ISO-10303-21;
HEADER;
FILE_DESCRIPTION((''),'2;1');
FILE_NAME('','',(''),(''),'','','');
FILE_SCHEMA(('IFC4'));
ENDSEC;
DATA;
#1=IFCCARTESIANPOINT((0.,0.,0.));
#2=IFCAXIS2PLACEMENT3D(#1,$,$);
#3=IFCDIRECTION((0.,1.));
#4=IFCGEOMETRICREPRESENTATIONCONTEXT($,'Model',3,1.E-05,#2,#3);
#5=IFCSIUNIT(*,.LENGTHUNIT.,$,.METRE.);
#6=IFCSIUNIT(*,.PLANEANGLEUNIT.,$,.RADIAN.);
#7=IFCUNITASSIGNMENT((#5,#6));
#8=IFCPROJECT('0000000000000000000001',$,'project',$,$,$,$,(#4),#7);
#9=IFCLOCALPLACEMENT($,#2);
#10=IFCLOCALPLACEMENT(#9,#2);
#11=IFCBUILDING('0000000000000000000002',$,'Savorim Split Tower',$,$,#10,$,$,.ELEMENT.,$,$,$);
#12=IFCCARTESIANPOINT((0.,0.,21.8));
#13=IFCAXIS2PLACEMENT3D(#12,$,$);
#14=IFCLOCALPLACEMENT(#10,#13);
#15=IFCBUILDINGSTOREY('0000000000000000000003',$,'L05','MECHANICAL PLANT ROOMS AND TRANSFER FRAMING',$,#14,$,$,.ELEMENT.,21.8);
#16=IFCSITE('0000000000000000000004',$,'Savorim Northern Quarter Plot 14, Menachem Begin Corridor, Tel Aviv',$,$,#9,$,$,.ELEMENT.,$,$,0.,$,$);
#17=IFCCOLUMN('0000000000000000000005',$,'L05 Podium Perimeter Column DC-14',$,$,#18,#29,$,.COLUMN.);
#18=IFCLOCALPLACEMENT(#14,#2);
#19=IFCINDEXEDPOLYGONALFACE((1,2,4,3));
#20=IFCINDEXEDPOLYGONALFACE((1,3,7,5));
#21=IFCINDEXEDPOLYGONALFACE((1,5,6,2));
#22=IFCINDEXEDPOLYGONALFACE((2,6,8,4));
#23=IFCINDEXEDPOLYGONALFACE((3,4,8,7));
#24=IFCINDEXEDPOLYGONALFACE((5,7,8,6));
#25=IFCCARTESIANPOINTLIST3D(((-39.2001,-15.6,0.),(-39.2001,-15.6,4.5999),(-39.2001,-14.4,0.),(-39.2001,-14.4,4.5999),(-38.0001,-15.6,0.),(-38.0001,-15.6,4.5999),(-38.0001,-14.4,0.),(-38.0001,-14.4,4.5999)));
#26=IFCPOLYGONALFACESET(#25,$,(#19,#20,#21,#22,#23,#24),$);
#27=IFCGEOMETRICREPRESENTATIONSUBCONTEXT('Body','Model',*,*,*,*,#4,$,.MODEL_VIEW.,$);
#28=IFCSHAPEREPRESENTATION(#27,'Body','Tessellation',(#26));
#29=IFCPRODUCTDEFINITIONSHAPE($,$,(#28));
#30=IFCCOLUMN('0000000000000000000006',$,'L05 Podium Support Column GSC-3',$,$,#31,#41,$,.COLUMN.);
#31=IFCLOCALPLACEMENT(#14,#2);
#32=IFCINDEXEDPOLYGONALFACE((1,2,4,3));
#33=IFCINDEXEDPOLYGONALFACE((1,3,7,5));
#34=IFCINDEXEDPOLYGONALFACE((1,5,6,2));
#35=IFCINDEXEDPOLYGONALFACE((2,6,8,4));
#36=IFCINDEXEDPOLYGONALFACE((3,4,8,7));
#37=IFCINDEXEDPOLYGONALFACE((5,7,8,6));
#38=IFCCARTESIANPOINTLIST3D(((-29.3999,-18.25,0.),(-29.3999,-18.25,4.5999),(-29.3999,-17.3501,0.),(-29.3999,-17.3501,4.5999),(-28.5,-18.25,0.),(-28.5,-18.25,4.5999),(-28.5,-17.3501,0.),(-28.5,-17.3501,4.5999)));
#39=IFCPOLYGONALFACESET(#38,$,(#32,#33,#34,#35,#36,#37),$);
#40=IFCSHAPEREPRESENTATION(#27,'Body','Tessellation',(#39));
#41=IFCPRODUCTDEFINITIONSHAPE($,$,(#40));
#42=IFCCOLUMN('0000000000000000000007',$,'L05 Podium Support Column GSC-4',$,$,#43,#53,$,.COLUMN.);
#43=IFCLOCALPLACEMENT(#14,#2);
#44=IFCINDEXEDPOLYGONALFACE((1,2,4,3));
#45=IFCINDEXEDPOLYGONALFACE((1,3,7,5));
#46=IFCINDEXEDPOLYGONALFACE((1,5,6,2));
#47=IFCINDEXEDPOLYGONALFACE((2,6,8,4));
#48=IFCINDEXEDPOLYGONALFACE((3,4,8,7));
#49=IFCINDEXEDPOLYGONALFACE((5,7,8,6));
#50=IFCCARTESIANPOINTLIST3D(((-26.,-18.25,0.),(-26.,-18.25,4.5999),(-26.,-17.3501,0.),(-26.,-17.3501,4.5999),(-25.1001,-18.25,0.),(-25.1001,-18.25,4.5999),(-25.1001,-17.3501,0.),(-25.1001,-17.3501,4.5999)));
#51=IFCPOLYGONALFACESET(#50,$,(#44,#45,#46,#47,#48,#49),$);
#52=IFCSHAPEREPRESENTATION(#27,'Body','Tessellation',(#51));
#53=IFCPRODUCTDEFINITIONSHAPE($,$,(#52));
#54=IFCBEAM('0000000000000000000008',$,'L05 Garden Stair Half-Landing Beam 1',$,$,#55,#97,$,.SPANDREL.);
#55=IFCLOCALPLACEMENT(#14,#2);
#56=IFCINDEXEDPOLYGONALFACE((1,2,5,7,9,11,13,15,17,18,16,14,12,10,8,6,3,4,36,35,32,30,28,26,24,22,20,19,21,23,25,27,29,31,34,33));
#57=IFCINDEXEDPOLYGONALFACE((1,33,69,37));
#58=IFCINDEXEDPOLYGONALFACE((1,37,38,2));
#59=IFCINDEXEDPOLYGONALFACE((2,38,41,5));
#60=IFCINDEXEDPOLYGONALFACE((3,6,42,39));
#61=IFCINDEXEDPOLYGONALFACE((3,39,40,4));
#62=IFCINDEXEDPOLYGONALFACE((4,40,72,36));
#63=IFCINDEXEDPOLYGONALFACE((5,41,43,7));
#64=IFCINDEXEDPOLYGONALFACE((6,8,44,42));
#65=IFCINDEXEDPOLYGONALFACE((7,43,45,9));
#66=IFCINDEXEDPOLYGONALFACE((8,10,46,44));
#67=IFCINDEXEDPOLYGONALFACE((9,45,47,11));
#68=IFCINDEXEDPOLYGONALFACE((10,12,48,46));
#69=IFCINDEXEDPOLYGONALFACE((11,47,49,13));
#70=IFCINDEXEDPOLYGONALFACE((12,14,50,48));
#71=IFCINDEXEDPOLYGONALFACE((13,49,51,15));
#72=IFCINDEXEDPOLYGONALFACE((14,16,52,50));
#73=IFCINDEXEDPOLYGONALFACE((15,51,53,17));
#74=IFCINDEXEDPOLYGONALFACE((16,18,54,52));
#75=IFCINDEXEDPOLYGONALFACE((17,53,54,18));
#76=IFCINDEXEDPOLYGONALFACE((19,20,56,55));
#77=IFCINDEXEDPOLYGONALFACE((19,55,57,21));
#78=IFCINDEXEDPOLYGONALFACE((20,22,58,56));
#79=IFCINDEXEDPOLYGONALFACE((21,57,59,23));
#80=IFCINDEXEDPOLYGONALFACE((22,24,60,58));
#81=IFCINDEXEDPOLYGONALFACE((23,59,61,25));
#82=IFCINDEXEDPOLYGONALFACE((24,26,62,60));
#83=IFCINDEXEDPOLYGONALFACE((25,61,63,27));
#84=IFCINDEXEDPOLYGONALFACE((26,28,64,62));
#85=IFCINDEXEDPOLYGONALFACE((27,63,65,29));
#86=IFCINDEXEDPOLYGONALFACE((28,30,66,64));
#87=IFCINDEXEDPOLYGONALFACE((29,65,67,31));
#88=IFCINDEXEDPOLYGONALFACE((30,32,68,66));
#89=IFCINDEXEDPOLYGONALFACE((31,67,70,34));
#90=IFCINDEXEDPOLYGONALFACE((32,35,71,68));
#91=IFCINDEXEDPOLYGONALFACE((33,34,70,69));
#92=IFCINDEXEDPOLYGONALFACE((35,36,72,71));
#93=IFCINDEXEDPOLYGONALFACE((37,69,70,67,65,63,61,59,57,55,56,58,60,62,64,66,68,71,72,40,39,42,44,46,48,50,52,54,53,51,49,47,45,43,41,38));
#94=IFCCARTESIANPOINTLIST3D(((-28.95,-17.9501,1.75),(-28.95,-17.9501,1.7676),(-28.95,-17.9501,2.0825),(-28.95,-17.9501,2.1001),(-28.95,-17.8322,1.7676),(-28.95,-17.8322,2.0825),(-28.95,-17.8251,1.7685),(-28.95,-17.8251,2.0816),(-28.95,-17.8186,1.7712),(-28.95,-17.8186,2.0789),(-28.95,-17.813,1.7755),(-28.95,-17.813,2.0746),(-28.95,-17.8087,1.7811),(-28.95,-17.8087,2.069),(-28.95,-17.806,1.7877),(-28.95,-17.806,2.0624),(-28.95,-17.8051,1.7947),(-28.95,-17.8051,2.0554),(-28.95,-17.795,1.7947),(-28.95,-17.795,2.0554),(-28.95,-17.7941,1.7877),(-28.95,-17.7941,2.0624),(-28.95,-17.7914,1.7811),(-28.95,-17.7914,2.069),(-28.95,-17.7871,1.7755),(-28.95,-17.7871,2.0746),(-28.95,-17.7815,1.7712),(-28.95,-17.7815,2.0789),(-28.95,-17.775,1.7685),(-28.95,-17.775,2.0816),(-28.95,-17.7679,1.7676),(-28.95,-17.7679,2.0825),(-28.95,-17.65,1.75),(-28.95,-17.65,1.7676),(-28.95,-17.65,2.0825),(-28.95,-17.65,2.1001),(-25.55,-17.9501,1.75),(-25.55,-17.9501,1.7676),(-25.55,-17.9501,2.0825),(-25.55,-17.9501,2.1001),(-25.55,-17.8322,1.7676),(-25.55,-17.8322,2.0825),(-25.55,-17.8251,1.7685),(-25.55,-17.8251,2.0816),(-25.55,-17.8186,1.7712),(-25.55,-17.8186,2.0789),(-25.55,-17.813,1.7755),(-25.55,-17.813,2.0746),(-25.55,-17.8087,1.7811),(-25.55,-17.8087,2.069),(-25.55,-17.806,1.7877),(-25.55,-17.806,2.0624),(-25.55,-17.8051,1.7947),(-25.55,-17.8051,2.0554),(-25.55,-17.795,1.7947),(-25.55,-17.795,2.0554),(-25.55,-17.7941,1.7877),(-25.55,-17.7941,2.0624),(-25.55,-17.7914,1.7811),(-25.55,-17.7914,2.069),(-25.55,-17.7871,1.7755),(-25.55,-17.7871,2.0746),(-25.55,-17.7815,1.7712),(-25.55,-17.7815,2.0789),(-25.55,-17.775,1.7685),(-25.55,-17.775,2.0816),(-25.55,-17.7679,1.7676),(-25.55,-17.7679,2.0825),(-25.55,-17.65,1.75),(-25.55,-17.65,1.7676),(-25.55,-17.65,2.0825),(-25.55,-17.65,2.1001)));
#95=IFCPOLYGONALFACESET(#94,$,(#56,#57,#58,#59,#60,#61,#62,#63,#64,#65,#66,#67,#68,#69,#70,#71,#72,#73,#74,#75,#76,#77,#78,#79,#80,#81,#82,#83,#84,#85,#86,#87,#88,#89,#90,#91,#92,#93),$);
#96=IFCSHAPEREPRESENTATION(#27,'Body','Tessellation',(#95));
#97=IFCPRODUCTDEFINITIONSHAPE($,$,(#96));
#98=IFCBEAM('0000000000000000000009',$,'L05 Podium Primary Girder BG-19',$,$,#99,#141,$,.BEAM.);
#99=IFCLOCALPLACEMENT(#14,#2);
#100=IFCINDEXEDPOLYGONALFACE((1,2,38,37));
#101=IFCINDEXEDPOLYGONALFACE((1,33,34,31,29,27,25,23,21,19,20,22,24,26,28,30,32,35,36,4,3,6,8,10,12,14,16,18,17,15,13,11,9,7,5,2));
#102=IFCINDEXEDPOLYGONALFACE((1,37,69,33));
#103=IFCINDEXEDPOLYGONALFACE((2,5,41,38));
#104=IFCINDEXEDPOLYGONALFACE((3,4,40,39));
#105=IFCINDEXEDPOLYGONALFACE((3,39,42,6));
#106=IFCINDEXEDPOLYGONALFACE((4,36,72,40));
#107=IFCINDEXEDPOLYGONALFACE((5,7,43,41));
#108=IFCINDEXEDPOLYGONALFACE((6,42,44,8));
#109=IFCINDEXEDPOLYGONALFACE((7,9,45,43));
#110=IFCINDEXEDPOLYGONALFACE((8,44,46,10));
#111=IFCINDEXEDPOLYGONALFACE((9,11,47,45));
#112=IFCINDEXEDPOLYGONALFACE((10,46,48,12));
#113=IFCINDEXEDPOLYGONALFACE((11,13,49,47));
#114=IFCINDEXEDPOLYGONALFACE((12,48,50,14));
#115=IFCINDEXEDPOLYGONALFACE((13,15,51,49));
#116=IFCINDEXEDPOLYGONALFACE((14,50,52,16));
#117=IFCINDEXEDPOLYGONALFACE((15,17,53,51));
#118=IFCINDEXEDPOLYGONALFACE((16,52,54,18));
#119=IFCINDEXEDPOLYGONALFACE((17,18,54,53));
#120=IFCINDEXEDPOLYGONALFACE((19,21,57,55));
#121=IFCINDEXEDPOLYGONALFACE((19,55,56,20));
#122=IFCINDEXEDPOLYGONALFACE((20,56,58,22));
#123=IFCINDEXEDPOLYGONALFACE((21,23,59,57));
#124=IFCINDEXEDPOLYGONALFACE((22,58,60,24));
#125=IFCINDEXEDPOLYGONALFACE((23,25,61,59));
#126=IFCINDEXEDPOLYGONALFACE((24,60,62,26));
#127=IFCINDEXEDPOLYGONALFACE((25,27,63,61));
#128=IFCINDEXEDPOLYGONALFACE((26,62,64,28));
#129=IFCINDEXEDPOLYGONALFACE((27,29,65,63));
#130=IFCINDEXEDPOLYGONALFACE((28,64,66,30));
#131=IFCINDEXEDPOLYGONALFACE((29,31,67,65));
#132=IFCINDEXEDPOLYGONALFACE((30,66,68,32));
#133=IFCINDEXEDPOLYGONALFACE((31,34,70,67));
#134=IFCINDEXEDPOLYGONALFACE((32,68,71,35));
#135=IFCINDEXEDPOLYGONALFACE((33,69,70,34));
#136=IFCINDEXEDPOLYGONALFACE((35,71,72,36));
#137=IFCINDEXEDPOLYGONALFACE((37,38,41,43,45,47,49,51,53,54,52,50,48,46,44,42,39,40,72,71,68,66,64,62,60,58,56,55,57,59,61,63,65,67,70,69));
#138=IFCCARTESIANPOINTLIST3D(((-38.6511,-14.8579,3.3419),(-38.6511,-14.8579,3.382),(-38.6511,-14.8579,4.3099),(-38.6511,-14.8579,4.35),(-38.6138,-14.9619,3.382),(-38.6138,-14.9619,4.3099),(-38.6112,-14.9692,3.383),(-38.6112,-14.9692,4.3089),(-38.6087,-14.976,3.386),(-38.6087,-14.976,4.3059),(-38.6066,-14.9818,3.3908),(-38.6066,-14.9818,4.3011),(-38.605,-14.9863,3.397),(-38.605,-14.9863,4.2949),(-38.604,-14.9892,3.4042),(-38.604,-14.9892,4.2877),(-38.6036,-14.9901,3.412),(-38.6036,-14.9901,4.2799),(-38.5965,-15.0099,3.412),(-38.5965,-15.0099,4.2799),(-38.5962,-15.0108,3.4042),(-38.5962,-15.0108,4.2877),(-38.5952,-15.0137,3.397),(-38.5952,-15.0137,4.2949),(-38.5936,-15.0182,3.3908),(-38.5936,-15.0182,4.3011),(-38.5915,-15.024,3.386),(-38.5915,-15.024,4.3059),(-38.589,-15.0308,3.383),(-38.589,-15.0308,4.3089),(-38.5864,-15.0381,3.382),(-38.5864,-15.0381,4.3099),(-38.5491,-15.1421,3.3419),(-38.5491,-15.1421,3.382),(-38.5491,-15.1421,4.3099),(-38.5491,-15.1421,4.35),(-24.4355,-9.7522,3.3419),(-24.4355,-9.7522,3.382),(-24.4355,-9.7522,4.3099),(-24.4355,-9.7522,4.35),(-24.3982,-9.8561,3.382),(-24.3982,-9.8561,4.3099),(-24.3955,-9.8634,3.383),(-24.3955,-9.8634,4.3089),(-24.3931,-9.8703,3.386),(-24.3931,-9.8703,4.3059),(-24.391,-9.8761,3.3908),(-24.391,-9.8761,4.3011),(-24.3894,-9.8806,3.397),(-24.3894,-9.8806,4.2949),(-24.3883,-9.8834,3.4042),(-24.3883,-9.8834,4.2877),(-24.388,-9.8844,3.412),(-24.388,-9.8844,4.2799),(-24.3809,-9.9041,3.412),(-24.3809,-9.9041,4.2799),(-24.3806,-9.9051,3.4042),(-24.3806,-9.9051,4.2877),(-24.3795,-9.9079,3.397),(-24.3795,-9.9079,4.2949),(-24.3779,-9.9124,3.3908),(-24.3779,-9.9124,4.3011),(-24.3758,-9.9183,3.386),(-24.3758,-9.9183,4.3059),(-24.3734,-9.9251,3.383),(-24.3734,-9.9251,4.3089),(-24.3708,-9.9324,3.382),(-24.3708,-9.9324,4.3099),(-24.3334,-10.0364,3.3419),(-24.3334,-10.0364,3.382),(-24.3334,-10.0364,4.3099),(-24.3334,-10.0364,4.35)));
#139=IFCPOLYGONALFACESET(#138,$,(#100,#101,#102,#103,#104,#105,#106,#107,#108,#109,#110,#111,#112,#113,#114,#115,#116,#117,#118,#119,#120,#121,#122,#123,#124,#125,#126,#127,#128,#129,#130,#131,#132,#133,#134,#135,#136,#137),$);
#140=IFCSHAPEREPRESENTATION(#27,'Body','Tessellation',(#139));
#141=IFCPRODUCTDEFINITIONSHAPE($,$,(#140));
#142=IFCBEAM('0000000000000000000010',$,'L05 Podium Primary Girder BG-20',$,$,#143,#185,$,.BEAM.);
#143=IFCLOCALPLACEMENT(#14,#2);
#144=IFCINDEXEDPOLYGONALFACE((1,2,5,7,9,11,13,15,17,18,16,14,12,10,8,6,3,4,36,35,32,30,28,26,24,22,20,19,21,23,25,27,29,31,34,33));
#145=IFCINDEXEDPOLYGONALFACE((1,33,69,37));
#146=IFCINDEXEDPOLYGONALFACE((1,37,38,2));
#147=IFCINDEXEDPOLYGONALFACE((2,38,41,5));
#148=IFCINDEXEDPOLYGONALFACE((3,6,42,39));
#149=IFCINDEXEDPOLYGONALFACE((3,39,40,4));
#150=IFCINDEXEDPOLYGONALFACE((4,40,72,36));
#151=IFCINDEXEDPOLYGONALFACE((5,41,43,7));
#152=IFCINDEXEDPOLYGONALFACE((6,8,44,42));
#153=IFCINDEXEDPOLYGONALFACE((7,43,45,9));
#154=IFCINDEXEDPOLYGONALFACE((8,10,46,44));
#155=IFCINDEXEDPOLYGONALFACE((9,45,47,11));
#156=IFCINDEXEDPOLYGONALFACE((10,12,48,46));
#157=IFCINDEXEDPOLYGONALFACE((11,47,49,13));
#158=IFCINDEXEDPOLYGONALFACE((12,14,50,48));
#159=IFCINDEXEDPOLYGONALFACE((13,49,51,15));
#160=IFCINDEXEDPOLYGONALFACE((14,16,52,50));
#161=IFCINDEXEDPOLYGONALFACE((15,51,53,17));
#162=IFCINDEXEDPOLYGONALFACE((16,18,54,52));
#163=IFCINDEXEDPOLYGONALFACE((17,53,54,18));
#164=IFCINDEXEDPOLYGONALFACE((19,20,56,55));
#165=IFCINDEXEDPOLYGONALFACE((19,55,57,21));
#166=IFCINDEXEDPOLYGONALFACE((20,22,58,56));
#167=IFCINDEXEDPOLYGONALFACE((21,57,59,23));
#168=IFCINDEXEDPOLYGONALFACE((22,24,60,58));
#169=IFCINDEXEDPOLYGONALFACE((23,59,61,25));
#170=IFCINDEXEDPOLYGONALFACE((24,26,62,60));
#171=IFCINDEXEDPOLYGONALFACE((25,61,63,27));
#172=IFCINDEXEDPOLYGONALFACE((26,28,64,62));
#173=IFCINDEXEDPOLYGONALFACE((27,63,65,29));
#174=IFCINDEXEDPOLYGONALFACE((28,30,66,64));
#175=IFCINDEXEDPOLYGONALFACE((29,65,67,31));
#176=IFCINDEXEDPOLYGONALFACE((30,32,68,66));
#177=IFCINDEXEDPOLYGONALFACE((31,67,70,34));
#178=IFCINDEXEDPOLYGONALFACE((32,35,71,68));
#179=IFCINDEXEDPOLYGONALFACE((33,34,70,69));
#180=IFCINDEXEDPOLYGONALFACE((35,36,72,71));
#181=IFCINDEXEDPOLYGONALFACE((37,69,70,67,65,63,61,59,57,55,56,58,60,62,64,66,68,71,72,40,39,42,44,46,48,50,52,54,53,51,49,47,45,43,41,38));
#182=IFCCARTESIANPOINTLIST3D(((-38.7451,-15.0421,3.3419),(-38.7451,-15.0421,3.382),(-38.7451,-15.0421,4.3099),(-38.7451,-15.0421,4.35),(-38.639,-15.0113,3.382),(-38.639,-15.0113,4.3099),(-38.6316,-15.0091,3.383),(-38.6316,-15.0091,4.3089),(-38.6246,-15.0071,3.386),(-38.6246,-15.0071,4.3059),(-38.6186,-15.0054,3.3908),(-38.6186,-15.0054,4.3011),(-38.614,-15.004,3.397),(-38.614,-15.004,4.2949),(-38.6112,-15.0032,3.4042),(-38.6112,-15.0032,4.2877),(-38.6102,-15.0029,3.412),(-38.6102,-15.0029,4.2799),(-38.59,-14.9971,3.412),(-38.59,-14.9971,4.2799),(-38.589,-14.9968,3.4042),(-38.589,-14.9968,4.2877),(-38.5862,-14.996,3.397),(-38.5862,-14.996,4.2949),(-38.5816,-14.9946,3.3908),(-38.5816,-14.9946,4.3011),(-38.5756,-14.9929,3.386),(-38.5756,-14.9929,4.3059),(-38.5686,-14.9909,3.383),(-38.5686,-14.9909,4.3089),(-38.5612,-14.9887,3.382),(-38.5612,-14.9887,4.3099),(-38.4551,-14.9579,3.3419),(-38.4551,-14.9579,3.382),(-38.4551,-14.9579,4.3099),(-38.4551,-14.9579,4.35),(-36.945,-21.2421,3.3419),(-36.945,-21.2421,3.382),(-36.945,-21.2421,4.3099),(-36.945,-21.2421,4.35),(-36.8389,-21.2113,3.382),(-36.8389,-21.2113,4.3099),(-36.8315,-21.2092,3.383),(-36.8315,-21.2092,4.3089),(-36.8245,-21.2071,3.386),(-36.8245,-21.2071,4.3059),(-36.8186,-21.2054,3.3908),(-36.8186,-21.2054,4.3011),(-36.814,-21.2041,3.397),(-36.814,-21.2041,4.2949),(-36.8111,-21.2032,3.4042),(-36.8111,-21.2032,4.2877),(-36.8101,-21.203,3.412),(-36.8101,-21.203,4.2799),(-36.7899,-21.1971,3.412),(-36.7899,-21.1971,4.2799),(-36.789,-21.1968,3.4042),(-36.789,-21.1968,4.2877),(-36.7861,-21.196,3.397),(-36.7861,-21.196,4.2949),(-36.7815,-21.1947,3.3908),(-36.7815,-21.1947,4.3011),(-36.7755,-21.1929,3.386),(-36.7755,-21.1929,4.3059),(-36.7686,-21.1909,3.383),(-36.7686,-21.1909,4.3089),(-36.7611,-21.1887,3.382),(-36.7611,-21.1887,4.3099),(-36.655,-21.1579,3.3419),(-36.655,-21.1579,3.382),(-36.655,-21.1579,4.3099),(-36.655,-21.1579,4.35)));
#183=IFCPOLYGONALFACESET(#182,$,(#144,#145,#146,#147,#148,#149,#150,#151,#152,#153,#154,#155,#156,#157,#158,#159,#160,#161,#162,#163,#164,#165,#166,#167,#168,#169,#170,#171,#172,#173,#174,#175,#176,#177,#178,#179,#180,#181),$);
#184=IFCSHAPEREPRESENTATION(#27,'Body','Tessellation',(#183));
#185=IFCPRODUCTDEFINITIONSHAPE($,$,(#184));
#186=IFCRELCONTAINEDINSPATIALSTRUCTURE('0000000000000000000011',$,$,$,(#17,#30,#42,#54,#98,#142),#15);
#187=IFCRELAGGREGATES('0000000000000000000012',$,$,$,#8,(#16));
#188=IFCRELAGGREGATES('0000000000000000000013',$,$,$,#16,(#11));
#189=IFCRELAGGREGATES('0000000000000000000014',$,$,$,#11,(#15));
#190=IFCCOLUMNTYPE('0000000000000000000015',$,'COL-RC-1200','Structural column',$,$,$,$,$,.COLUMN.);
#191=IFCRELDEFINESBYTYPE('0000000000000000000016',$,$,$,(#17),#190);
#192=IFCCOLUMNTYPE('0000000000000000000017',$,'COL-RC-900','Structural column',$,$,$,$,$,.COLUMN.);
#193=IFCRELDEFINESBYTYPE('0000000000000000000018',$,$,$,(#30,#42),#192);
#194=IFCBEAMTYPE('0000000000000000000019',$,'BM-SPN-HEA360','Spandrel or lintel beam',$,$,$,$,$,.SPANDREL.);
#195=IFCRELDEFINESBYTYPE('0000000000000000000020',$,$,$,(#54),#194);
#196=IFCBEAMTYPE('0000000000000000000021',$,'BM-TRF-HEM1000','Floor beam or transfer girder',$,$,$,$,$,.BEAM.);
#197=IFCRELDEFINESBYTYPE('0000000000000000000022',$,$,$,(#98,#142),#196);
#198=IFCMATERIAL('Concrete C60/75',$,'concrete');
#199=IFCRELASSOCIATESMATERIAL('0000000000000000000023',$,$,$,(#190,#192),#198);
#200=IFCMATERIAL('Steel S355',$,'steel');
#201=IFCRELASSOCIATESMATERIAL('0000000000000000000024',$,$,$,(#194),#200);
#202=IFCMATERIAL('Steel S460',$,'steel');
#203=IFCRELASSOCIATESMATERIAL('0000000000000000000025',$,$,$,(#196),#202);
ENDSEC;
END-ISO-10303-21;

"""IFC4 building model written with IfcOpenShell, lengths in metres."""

from ifc_helpers import new_model, si_unit, direction, frame, origin, origin_2d, place, context, subcontext, project, spatial, rectangle, i_section, extrude, material, material_profile, profile_set, type_object, element, save


model = new_model("IFC4")

# Units and contexts
model_context = context("Model", 3, precision=1e-05, world=origin(), true_north=direction((0.0, 1.0)))
body_context = subcontext(model_context, "Body", "Model", "MODEL_VIEW")
ifc_project = project(units=[si_unit("LENGTHUNIT", "METRE"), si_unit("PLANEANGLEUNIT", "RADIAN")], contexts=[model_context])

# Site, building, storey
site_placement = place(None, origin())
site = spatial("IfcSite", under=ifc_project, at=site_placement, Name="Savorim Northern Quarter Plot 14, Menachem Begin Corridor, Tel Aviv", CompositionType="ELEMENT", RefElevation=0.0)
building_placement = place(site_placement, origin())
building = spatial("IfcBuilding", under=site, at=building_placement, Name="Savorim Split Tower", CompositionType="ELEMENT")
storey_placement = place(building_placement, frame((0.0, 0.0, 21.8)))
storey = spatial("IfcBuildingStorey", under=building, at=storey_placement, Name="L05", Description="MECHANICAL PLANT ROOMS AND TRANSFER FRAMING", CompositionType="ELEMENT", Elevation=21.8)

# Columns
ifc_material_1 = material(Name="Concrete C60/75", Category="concrete")
ifc_material_profile_1 = material_profile(ifc_material_1, rectangle(XDim=1.2, YDim=1.2, at=origin_2d()), Name="RC 1200x1200")
ifc_profile_set_1 = profile_set([ifc_material_profile_1], Name="Concrete C60/75")
column_type_1 = type_object("IfcColumnType", Name="COL-RC-1200", Description="Structural column", PredefinedType="COLUMN", material=ifc_profile_set_1)
column_placement = place(storey_placement, frame((-38.6001, -15.0, 0.0), z_axis=(0.0, 0.0, 1.0), x_axis=(1.0, 0.0, 0.0)))
element("IfcColumn", 1, at=column_placement, inside=storey, type_object=column_type_1, Name="L05 Podium Perimeter Column DC-14", PredefinedType="COLUMN", context=body_context, shape_type="SweptSolid", body=[
    extrude(rectangle(XDim=1.2, YDim=1.2, at=origin_2d()), origin(), (0.0, 0.0, 1.0), 4.5999),
])
ifc_material_profile_2 = material_profile(ifc_material_1, rectangle(XDim=0.8999, YDim=0.8999, at=origin_2d()), Name="RC 900x900")
ifc_profile_set_2 = profile_set([ifc_material_profile_2], Name="Concrete C60/75")
column_type_2 = type_object("IfcColumnType", Name="COL-RC-900", Description="Structural column", PredefinedType="COLUMN", material=ifc_profile_set_2)
for number, where, z_axis, x_axis, name in (
    (2, (-28.95, -17.8, 0.0), (0.0, 0.0, 1.0), (1.0, 0.0, 0.0), "L05 Podium Support Column GSC-3"),
    (3, (-25.55, -17.8, 0.0), (0.0, 0.0, 1.0), (1.0, 0.0, 0.0), "L05 Podium Support Column GSC-4"),
):
    element("IfcColumn", number, at=place(storey_placement, frame(where, z_axis=z_axis, x_axis=x_axis)), inside=storey, type_object=column_type_2, Name=name, PredefinedType="COLUMN", context=body_context, shape_type="SweptSolid", body=[
        extrude(rectangle(XDim=0.8999, YDim=0.8999, at=origin_2d()), origin(), (0.0, 0.0, 1.0), 4.5999),
    ])

# Beams
ifc_material_2 = material(Name="Steel S355", Category="steel")
ifc_material_profile_3 = material_profile(ifc_material_2, i_section(OverallWidth=0.3, OverallDepth=0.3501, WebThickness=0.01, FlangeThickness=0.0176, FilletRadius=0.0271, at=origin_2d()), Name="HEA 360")
ifc_profile_set_3 = profile_set([ifc_material_profile_3], Name="Steel S355")
beam_type_1 = type_object("IfcBeamType", Name="BM-SPN-HEA360", Description="Spandrel or lintel beam", PredefinedType="SPANDREL", material=ifc_profile_set_3)
beam_1_placement = place(storey_placement, frame((-28.95, -17.8, 1.925), z_axis=(1.0, 0.0, 0.0), x_axis=(0.0, 1.0, 0.0)))
element("IfcBeam", 4, at=beam_1_placement, inside=storey, type_object=beam_type_1, Name="L05 Garden Stair Half-Landing Beam 1", PredefinedType="SPANDREL", context=body_context, shape_type="SweptSolid", body=[
    extrude(i_section(OverallWidth=0.3, OverallDepth=0.3501, WebThickness=0.01, FlangeThickness=0.0176, FilletRadius=0.0271, at=origin_2d()), origin(), (0.0, 0.0, 1.0), 3.3999),
])
ifc_material_3 = material(Name="Steel S460", Category="steel")
ifc_material_profile_4 = material_profile(ifc_material_3, i_section(OverallWidth=0.302, OverallDepth=1.0081, WebThickness=0.021, FlangeThickness=0.04, FilletRadius=0.03, at=origin_2d()), Name="HE 1000 M")
ifc_profile_set_4 = profile_set([ifc_material_profile_4], Name="Steel S460")
beam_type_2 = type_object("IfcBeamType", Name="BM-TRF-HEM1000", Description="Floor beam or transfer girder", PredefinedType="BEAM", material=ifc_profile_set_4)
beam_2_placement = place(storey_placement, frame((-38.6001, -15.0, 3.8459), z_axis=(0.941138, 0.338022, 0.0), x_axis=(-0.338022, 0.941138, 0.0)))
element("IfcBeam", 5, at=beam_2_placement, inside=storey, type_object=beam_type_2, Name="L05 Podium Primary Girder BG-19", PredefinedType="BEAM", context=body_context, shape_type="SweptSolid", body=[
    extrude(i_section(OverallWidth=0.302, OverallDepth=1.0081, WebThickness=0.021, FlangeThickness=0.04, FilletRadius=0.03, at=origin_2d()), origin(), (0.0, 0.0, 1.0), 15.1047),
])
beam_3_placement = place(storey_placement, frame((-38.6001, -15.0, 3.8459), z_axis=(0.278819, -0.960344, 0.0), x_axis=(0.960344, 0.278819, 0.0)))
element("IfcBeam", 6, at=beam_3_placement, inside=storey, type_object=beam_type_2, Name="L05 Podium Primary Girder BG-20", PredefinedType="BEAM", context=body_context, shape_type="SweptSolid", body=[
    extrude(i_section(OverallWidth=0.302, OverallDepth=1.0081, WebThickness=0.021, FlangeThickness=0.04, FilletRadius=0.03, at=origin_2d()), origin(), (0.0, 0.0, 1.0), 6.4561),
])

save(model, "model.ifc")
